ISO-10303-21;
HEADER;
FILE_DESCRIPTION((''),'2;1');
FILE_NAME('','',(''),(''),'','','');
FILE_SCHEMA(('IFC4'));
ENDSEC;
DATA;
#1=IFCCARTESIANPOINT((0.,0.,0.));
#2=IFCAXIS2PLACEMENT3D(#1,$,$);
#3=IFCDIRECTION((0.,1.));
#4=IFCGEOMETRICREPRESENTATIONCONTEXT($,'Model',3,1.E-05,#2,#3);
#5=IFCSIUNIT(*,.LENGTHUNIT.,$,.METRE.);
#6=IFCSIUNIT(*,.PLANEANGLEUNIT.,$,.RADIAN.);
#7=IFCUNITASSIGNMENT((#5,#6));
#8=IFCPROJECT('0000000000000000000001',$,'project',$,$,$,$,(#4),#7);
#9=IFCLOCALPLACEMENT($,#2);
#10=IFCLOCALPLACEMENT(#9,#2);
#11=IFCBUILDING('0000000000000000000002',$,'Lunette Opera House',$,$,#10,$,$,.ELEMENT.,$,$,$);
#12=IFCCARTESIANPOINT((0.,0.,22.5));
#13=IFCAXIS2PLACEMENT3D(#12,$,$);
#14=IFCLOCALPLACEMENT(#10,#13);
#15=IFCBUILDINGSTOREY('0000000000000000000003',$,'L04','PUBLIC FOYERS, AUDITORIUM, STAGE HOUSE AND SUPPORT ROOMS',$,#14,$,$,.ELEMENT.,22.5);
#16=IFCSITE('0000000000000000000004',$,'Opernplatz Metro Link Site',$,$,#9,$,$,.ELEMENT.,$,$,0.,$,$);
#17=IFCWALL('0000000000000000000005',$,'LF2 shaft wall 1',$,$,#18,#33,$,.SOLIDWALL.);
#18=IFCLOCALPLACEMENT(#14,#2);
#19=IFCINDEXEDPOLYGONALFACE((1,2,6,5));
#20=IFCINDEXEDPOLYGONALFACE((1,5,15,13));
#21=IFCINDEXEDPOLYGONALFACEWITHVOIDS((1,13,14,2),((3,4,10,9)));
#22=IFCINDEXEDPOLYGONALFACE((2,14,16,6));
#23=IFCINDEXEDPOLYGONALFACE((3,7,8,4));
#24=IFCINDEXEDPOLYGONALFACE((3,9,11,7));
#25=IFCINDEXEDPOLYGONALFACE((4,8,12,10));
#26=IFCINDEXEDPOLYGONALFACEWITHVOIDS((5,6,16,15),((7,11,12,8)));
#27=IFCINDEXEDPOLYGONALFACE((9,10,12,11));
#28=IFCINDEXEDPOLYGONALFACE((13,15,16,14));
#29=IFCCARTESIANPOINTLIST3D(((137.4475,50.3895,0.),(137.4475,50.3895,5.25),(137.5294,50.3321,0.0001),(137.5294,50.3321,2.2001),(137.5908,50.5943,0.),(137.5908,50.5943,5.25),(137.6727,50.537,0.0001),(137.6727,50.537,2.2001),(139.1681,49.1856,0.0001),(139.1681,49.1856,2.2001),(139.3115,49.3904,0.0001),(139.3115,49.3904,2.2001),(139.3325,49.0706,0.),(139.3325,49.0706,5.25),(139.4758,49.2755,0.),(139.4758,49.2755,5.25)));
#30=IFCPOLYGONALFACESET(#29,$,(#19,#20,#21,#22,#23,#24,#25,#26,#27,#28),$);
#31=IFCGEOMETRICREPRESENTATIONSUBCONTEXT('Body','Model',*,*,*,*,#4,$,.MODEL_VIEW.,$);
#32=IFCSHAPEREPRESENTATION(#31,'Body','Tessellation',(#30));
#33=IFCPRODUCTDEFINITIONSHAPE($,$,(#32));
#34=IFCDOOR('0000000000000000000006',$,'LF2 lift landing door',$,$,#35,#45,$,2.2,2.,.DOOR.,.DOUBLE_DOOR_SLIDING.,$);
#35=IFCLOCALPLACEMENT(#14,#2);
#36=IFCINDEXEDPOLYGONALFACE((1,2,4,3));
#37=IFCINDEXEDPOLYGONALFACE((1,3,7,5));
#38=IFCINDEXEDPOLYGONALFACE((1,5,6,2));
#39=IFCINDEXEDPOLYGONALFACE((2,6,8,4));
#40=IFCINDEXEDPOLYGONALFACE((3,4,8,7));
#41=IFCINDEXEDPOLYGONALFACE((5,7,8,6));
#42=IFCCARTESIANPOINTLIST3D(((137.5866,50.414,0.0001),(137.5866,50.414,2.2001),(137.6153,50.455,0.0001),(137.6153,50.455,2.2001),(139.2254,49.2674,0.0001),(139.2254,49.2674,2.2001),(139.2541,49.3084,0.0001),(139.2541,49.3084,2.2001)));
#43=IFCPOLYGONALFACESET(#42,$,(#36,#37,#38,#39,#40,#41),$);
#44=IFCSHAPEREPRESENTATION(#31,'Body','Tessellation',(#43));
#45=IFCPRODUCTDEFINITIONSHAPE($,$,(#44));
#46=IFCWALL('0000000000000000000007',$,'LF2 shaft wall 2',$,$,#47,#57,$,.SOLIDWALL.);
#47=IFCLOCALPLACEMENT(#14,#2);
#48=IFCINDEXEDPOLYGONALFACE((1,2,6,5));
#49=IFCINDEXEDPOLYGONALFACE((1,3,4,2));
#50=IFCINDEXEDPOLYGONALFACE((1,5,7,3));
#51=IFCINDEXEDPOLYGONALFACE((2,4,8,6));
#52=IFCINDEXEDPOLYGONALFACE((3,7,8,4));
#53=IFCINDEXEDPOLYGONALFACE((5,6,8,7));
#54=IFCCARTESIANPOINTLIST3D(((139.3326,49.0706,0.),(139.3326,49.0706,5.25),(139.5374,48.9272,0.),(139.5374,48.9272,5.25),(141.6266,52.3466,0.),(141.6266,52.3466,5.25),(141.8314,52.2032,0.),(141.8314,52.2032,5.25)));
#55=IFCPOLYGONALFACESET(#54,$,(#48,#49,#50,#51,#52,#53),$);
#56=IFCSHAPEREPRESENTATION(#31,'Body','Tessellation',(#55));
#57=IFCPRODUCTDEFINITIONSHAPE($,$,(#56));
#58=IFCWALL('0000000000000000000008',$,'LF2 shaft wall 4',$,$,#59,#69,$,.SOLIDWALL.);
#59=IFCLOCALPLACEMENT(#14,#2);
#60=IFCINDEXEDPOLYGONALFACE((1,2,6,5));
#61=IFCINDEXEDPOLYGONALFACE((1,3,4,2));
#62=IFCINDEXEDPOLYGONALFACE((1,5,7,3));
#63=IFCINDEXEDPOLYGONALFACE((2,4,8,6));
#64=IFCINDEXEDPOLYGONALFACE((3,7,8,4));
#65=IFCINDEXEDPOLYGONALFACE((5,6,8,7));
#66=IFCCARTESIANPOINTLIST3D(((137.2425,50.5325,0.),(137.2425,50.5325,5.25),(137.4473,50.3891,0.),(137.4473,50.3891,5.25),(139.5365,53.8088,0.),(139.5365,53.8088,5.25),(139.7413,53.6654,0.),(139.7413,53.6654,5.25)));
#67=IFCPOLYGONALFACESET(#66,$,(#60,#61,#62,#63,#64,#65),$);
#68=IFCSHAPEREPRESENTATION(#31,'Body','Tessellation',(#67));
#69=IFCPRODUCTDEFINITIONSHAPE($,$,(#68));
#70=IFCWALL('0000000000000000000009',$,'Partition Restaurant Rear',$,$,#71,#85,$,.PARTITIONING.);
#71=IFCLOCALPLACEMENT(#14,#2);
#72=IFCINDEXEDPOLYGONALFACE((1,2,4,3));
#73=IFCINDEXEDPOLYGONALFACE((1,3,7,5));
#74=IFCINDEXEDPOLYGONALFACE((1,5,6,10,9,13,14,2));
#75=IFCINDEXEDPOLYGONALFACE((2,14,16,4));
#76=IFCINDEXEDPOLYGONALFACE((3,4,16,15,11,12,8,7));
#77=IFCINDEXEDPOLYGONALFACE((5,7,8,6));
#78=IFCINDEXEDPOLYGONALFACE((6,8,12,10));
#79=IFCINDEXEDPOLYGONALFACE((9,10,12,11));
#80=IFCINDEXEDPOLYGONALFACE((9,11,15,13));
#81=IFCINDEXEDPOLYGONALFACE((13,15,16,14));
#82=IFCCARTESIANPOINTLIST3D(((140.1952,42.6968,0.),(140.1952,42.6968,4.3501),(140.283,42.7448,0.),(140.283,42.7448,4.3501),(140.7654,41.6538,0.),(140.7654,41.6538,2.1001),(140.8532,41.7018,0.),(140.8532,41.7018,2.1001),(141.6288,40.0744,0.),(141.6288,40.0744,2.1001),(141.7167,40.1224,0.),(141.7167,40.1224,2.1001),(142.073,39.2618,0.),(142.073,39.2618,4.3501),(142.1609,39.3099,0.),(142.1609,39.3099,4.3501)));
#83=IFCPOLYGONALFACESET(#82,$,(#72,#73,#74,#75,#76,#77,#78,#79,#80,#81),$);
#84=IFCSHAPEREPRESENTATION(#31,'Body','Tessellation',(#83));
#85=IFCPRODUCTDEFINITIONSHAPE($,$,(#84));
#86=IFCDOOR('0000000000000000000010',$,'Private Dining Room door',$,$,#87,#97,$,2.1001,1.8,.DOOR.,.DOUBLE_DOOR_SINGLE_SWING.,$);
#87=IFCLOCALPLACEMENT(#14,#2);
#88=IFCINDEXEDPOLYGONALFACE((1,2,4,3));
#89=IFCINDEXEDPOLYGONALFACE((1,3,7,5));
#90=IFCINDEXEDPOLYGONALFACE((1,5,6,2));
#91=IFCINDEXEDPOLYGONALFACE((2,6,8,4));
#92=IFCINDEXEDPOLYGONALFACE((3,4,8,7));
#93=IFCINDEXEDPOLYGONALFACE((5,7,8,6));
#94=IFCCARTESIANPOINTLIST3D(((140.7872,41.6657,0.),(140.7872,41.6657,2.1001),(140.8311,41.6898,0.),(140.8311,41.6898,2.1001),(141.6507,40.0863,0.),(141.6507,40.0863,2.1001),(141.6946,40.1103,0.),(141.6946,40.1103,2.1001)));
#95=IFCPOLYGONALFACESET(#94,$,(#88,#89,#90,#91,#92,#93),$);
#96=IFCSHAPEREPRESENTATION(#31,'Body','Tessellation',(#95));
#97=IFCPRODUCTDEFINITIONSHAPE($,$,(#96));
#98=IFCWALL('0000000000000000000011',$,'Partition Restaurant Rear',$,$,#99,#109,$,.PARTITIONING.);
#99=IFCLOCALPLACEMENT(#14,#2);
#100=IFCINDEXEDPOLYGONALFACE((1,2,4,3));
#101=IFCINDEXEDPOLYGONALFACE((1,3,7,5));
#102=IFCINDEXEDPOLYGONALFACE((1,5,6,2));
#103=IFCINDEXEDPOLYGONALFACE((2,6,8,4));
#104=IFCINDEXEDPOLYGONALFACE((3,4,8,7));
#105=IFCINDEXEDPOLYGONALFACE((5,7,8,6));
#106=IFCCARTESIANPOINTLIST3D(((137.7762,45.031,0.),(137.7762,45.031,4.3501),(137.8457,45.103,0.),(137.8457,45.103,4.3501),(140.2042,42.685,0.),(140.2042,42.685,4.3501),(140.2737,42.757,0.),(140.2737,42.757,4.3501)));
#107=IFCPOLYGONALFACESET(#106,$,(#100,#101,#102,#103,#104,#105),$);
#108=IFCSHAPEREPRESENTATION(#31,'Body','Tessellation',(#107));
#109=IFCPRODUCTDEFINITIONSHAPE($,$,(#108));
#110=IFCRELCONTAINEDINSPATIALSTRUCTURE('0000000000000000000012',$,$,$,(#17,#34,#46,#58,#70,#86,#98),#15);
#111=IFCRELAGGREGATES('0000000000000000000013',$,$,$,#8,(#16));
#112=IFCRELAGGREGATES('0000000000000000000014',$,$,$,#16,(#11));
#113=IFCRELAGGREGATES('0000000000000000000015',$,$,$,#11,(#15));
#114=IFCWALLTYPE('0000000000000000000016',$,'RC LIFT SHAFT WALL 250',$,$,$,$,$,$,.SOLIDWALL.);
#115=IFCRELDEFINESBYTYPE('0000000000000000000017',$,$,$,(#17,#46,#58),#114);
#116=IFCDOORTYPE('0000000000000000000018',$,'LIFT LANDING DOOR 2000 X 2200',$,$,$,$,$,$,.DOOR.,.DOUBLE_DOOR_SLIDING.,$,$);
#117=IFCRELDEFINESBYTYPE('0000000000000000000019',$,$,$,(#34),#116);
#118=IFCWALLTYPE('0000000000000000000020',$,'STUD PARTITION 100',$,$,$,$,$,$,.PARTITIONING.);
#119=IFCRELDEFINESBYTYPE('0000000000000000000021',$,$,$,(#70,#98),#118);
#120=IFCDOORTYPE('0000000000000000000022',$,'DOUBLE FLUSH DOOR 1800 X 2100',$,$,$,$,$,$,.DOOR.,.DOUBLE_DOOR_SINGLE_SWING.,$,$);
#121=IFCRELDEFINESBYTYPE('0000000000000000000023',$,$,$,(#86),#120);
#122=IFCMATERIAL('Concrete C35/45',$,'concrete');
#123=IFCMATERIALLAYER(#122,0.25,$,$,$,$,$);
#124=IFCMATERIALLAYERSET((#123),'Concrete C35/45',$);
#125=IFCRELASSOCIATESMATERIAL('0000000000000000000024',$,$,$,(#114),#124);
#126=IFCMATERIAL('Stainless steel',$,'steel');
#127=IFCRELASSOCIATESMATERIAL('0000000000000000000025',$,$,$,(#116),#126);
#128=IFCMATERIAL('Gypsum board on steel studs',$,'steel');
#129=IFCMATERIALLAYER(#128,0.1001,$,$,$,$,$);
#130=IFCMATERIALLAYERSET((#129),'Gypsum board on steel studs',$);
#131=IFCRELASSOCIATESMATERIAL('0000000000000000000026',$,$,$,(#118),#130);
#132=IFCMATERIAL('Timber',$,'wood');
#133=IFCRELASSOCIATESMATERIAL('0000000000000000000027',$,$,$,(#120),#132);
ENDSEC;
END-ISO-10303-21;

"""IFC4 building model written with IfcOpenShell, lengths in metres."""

from ifc_helpers import new_model, si_unit, direction, frame, frame_2d, origin, place, context, subcontext, project, spatial, rectangle, extrude, material, layer, layer_set, type_object, element, fill, save


model = new_model("IFC4")

# Units and contexts
model_context = context("Model", 3, precision=1e-05, world=origin(), true_north=direction((0.0, 1.0)))
body_context = subcontext(model_context, "Body", "Model", "MODEL_VIEW")
ifc_project = project(units=[si_unit("LENGTHUNIT", "METRE"), si_unit("PLANEANGLEUNIT", "RADIAN")], contexts=[model_context])

# Site, building, storey
site_placement = place(None, origin())
site = spatial("IfcSite", under=ifc_project, at=site_placement, Name="Opernplatz Metro Link Site", CompositionType="ELEMENT", RefElevation=0.0)
building_placement = place(site_placement, origin())
building = spatial("IfcBuilding", under=site, at=building_placement, Name="Lunette Opera House", CompositionType="ELEMENT")
storey_placement = place(building_placement, frame((0.0, 0.0, 22.5)))
storey = spatial("IfcBuildingStorey", under=building, at=storey_placement, Name="L04", Description="PUBLIC FOYERS, AUDITORIUM, STAGE HOUSE AND SUPPORT ROOMS", CompositionType="ELEMENT", Elevation=22.5)

# Shared definitions
ifc_material_1 = material(Name="Concrete C35/45", Category="concrete")
ifc_layer_1 = layer(ifc_material_1, 0.25)
ifc_layer_set_1 = layer_set([ifc_layer_1], Name="Concrete C35/45")
wall_type_1 = type_object("IfcWallType", Name="RC LIFT SHAFT WALL 250", PredefinedType="SOLIDWALL", material=ifc_layer_set_1)

# Wall, opening, door
wall_1_placement = place(storey_placement, frame((137.519, 50.4919, 0.0), z_axis=(0.0, 0.0, 1.0), x_axis=(0.819367, -0.57327, 0.0)))
wall_1 = element("IfcWall", 1, at=wall_1_placement, inside=storey, type_object=wall_type_1, Name="LF2 shaft wall 1", PredefinedType="SOLIDWALL", context=body_context, shape_type="SweptSolid", body=[
    extrude(rectangle(XDim=2.3005, YDim=0.25, at=frame_2d((1.1504, 0.0))), origin(), (0.0, 0.0, 1.0), 5.25),
])
opening_1_placement = place(wall_1_placement, frame((0.1001, 0.0, 0.0)))
opening_1 = element("IfcOpeningElement", 2, at=opening_1_placement, cuts=wall_1, PredefinedType="OPENING", context=body_context, shape_type="SweptSolid", body=[
    extrude(rectangle(XDim=2.0, YDim=2.2, at=frame_2d((1.0, 1.1001))), frame((0.0, 0.137, 0.0), z_axis=(0.0, -1.0, 0.0), x_axis=(1.0, 0.0, 0.0)), (0.0, 0.0, 1.0), 0.2739),
])
ifc_material_2 = material(Name="Stainless steel", Category="steel")
door_type_1 = type_object("IfcDoorType", Name="LIFT LANDING DOOR 2000 X 2200", OperationType="DOUBLE_DOOR_SLIDING", PredefinedType="DOOR", material=ifc_material_2)
door_1_placement = place(opening_1_placement, origin())
door_1 = element("IfcDoor", 3, at=door_1_placement, inside=storey, type_object=door_type_1, Name="LF2 lift landing door", OperationType="DOUBLE_DOOR_SLIDING", OverallHeight=2.2, OverallWidth=2.0, PredefinedType="DOOR", context=body_context, shape_type="SweptSolid", body=[
    extrude(rectangle(XDim=2.0, YDim=2.2, at=frame_2d((1.0, 1.1001))), frame((0.0, 0.0249, 0.0), z_axis=(0.0, -1.0, 0.0), x_axis=(1.0, 0.0, 0.0)), (0.0, 0.0, 1.0), 0.05),
])
fill(opening_1, door_1)

# Walls
wall_2_placement = place(storey_placement, frame((139.4351, 48.999, 0.0), z_axis=(0.0, 0.0, 1.0), x_axis=(0.573602, 0.819134, 0.0)))
element("IfcWall", 4, at=wall_2_placement, inside=storey, type_object=wall_type_1, Name="LF2 shaft wall 2", PredefinedType="SOLIDWALL", context=body_context, shape_type="SweptSolid", body=[
    extrude(rectangle(XDim=3.9993, YDim=0.25, at=frame_2d((1.9995, 0.0))), origin(), (0.0, 0.0, 1.0), 5.25),
])
wall_3_placement = place(storey_placement, frame((139.6389, 53.7371, 0.0), z_axis=(0.0, 0.0, 1.0), x_axis=(-0.573573, -0.819154, 0.0)))
element("IfcWall", 5, at=wall_3_placement, inside=storey, type_object=wall_type_1, Name="LF2 shaft wall 4", PredefinedType="SOLIDWALL", context=body_context, shape_type="SweptSolid", body=[
    extrude(rectangle(XDim=3.9995, YDim=0.25, at=frame_2d((1.9998, 0.0))), origin(), (0.0, 0.0, 1.0), 5.25),
])

# Wall, opening, door
ifc_material_3 = material(Name="Gypsum board on steel studs", Category="steel")
ifc_layer_2 = layer(ifc_material_3, 0.1001)
ifc_layer_set_2 = layer_set([ifc_layer_2], Name="Gypsum board on steel studs")
wall_type_2 = type_object("IfcWallType", Name="STUD PARTITION 100", PredefinedType="PARTITIONING", material=ifc_layer_set_2)
wall_4_placement = place(storey_placement, frame((140.239, 42.7209, 0.0), z_axis=(0.0, 0.0, 1.0), x_axis=(0.479691, -0.877438, 0.0)))
wall_4 = element("IfcWall", 6, at=wall_4_placement, inside=storey, type_object=wall_type_2, Name="Partition Restaurant Rear", PredefinedType="PARTITIONING", context=body_context, shape_type="SweptSolid", body=[
    extrude(rectangle(XDim=3.9148, YDim=0.1001, at=frame_2d((1.9575, 0.0))), origin(), (0.0, 0.0, 1.0), 4.3501),
])
opening_2_placement = place(wall_4_placement, frame((1.189, 0.0, 0.0)))
opening_2 = element("IfcOpeningElement", 7, at=opening_2_placement, cuts=wall_4, PredefinedType="OPENING", context=body_context, shape_type="SweptSolid", body=[
    extrude(rectangle(XDim=1.8, YDim=2.1001, at=frame_2d((0.8999, 1.05))), frame((0.0, 0.062, 0.0), z_axis=(0.0, -1.0, 0.0), x_axis=(1.0, 0.0, 0.0)), (0.0, 0.0, 1.0), 0.124),
])
ifc_material_4 = material(Name="Timber", Category="wood")
door_type_2 = type_object("IfcDoorType", Name="DOUBLE FLUSH DOOR 1800 X 2100", OperationType="DOUBLE_DOOR_SINGLE_SWING", PredefinedType="DOOR", material=ifc_material_4)
door_2_placement = place(opening_2_placement, origin())
door_2 = element("IfcDoor", 8, at=door_2_placement, inside=storey, type_object=door_type_2, Name="Private Dining Room door", OperationType="DOUBLE_DOOR_SINGLE_SWING", OverallHeight=2.1001, OverallWidth=1.8, PredefinedType="DOOR", context=body_context, shape_type="SweptSolid", body=[
    extrude(rectangle(XDim=1.8, YDim=2.1001, at=frame_2d((0.8999, 1.05))), frame((0.0, 0.0249, 0.0), z_axis=(0.0, -1.0, 0.0), x_axis=(1.0, 0.0, 0.0)), (0.0, 0.0, 1.0), 0.05),
])
fill(opening_2, door_2)

# Wall
wall_5_placement = place(storey_placement, frame((137.811, 45.0669, 0.0), z_axis=(0.0, 0.0, 1.0), x_axis=(0.719151, -0.694854, 0.0)))
element("IfcWall", 9, at=wall_5_placement, inside=storey, type_object=wall_type_2, Name="Partition Restaurant Rear", PredefinedType="PARTITIONING", context=body_context, shape_type="SweptSolid", body=[
    extrude(rectangle(XDim=3.3762, YDim=0.1001, at=frame_2d((1.688, 0.0))), origin(), (0.0, 0.0, 1.0), 4.3501),
])

save(model, "model.ifc")
